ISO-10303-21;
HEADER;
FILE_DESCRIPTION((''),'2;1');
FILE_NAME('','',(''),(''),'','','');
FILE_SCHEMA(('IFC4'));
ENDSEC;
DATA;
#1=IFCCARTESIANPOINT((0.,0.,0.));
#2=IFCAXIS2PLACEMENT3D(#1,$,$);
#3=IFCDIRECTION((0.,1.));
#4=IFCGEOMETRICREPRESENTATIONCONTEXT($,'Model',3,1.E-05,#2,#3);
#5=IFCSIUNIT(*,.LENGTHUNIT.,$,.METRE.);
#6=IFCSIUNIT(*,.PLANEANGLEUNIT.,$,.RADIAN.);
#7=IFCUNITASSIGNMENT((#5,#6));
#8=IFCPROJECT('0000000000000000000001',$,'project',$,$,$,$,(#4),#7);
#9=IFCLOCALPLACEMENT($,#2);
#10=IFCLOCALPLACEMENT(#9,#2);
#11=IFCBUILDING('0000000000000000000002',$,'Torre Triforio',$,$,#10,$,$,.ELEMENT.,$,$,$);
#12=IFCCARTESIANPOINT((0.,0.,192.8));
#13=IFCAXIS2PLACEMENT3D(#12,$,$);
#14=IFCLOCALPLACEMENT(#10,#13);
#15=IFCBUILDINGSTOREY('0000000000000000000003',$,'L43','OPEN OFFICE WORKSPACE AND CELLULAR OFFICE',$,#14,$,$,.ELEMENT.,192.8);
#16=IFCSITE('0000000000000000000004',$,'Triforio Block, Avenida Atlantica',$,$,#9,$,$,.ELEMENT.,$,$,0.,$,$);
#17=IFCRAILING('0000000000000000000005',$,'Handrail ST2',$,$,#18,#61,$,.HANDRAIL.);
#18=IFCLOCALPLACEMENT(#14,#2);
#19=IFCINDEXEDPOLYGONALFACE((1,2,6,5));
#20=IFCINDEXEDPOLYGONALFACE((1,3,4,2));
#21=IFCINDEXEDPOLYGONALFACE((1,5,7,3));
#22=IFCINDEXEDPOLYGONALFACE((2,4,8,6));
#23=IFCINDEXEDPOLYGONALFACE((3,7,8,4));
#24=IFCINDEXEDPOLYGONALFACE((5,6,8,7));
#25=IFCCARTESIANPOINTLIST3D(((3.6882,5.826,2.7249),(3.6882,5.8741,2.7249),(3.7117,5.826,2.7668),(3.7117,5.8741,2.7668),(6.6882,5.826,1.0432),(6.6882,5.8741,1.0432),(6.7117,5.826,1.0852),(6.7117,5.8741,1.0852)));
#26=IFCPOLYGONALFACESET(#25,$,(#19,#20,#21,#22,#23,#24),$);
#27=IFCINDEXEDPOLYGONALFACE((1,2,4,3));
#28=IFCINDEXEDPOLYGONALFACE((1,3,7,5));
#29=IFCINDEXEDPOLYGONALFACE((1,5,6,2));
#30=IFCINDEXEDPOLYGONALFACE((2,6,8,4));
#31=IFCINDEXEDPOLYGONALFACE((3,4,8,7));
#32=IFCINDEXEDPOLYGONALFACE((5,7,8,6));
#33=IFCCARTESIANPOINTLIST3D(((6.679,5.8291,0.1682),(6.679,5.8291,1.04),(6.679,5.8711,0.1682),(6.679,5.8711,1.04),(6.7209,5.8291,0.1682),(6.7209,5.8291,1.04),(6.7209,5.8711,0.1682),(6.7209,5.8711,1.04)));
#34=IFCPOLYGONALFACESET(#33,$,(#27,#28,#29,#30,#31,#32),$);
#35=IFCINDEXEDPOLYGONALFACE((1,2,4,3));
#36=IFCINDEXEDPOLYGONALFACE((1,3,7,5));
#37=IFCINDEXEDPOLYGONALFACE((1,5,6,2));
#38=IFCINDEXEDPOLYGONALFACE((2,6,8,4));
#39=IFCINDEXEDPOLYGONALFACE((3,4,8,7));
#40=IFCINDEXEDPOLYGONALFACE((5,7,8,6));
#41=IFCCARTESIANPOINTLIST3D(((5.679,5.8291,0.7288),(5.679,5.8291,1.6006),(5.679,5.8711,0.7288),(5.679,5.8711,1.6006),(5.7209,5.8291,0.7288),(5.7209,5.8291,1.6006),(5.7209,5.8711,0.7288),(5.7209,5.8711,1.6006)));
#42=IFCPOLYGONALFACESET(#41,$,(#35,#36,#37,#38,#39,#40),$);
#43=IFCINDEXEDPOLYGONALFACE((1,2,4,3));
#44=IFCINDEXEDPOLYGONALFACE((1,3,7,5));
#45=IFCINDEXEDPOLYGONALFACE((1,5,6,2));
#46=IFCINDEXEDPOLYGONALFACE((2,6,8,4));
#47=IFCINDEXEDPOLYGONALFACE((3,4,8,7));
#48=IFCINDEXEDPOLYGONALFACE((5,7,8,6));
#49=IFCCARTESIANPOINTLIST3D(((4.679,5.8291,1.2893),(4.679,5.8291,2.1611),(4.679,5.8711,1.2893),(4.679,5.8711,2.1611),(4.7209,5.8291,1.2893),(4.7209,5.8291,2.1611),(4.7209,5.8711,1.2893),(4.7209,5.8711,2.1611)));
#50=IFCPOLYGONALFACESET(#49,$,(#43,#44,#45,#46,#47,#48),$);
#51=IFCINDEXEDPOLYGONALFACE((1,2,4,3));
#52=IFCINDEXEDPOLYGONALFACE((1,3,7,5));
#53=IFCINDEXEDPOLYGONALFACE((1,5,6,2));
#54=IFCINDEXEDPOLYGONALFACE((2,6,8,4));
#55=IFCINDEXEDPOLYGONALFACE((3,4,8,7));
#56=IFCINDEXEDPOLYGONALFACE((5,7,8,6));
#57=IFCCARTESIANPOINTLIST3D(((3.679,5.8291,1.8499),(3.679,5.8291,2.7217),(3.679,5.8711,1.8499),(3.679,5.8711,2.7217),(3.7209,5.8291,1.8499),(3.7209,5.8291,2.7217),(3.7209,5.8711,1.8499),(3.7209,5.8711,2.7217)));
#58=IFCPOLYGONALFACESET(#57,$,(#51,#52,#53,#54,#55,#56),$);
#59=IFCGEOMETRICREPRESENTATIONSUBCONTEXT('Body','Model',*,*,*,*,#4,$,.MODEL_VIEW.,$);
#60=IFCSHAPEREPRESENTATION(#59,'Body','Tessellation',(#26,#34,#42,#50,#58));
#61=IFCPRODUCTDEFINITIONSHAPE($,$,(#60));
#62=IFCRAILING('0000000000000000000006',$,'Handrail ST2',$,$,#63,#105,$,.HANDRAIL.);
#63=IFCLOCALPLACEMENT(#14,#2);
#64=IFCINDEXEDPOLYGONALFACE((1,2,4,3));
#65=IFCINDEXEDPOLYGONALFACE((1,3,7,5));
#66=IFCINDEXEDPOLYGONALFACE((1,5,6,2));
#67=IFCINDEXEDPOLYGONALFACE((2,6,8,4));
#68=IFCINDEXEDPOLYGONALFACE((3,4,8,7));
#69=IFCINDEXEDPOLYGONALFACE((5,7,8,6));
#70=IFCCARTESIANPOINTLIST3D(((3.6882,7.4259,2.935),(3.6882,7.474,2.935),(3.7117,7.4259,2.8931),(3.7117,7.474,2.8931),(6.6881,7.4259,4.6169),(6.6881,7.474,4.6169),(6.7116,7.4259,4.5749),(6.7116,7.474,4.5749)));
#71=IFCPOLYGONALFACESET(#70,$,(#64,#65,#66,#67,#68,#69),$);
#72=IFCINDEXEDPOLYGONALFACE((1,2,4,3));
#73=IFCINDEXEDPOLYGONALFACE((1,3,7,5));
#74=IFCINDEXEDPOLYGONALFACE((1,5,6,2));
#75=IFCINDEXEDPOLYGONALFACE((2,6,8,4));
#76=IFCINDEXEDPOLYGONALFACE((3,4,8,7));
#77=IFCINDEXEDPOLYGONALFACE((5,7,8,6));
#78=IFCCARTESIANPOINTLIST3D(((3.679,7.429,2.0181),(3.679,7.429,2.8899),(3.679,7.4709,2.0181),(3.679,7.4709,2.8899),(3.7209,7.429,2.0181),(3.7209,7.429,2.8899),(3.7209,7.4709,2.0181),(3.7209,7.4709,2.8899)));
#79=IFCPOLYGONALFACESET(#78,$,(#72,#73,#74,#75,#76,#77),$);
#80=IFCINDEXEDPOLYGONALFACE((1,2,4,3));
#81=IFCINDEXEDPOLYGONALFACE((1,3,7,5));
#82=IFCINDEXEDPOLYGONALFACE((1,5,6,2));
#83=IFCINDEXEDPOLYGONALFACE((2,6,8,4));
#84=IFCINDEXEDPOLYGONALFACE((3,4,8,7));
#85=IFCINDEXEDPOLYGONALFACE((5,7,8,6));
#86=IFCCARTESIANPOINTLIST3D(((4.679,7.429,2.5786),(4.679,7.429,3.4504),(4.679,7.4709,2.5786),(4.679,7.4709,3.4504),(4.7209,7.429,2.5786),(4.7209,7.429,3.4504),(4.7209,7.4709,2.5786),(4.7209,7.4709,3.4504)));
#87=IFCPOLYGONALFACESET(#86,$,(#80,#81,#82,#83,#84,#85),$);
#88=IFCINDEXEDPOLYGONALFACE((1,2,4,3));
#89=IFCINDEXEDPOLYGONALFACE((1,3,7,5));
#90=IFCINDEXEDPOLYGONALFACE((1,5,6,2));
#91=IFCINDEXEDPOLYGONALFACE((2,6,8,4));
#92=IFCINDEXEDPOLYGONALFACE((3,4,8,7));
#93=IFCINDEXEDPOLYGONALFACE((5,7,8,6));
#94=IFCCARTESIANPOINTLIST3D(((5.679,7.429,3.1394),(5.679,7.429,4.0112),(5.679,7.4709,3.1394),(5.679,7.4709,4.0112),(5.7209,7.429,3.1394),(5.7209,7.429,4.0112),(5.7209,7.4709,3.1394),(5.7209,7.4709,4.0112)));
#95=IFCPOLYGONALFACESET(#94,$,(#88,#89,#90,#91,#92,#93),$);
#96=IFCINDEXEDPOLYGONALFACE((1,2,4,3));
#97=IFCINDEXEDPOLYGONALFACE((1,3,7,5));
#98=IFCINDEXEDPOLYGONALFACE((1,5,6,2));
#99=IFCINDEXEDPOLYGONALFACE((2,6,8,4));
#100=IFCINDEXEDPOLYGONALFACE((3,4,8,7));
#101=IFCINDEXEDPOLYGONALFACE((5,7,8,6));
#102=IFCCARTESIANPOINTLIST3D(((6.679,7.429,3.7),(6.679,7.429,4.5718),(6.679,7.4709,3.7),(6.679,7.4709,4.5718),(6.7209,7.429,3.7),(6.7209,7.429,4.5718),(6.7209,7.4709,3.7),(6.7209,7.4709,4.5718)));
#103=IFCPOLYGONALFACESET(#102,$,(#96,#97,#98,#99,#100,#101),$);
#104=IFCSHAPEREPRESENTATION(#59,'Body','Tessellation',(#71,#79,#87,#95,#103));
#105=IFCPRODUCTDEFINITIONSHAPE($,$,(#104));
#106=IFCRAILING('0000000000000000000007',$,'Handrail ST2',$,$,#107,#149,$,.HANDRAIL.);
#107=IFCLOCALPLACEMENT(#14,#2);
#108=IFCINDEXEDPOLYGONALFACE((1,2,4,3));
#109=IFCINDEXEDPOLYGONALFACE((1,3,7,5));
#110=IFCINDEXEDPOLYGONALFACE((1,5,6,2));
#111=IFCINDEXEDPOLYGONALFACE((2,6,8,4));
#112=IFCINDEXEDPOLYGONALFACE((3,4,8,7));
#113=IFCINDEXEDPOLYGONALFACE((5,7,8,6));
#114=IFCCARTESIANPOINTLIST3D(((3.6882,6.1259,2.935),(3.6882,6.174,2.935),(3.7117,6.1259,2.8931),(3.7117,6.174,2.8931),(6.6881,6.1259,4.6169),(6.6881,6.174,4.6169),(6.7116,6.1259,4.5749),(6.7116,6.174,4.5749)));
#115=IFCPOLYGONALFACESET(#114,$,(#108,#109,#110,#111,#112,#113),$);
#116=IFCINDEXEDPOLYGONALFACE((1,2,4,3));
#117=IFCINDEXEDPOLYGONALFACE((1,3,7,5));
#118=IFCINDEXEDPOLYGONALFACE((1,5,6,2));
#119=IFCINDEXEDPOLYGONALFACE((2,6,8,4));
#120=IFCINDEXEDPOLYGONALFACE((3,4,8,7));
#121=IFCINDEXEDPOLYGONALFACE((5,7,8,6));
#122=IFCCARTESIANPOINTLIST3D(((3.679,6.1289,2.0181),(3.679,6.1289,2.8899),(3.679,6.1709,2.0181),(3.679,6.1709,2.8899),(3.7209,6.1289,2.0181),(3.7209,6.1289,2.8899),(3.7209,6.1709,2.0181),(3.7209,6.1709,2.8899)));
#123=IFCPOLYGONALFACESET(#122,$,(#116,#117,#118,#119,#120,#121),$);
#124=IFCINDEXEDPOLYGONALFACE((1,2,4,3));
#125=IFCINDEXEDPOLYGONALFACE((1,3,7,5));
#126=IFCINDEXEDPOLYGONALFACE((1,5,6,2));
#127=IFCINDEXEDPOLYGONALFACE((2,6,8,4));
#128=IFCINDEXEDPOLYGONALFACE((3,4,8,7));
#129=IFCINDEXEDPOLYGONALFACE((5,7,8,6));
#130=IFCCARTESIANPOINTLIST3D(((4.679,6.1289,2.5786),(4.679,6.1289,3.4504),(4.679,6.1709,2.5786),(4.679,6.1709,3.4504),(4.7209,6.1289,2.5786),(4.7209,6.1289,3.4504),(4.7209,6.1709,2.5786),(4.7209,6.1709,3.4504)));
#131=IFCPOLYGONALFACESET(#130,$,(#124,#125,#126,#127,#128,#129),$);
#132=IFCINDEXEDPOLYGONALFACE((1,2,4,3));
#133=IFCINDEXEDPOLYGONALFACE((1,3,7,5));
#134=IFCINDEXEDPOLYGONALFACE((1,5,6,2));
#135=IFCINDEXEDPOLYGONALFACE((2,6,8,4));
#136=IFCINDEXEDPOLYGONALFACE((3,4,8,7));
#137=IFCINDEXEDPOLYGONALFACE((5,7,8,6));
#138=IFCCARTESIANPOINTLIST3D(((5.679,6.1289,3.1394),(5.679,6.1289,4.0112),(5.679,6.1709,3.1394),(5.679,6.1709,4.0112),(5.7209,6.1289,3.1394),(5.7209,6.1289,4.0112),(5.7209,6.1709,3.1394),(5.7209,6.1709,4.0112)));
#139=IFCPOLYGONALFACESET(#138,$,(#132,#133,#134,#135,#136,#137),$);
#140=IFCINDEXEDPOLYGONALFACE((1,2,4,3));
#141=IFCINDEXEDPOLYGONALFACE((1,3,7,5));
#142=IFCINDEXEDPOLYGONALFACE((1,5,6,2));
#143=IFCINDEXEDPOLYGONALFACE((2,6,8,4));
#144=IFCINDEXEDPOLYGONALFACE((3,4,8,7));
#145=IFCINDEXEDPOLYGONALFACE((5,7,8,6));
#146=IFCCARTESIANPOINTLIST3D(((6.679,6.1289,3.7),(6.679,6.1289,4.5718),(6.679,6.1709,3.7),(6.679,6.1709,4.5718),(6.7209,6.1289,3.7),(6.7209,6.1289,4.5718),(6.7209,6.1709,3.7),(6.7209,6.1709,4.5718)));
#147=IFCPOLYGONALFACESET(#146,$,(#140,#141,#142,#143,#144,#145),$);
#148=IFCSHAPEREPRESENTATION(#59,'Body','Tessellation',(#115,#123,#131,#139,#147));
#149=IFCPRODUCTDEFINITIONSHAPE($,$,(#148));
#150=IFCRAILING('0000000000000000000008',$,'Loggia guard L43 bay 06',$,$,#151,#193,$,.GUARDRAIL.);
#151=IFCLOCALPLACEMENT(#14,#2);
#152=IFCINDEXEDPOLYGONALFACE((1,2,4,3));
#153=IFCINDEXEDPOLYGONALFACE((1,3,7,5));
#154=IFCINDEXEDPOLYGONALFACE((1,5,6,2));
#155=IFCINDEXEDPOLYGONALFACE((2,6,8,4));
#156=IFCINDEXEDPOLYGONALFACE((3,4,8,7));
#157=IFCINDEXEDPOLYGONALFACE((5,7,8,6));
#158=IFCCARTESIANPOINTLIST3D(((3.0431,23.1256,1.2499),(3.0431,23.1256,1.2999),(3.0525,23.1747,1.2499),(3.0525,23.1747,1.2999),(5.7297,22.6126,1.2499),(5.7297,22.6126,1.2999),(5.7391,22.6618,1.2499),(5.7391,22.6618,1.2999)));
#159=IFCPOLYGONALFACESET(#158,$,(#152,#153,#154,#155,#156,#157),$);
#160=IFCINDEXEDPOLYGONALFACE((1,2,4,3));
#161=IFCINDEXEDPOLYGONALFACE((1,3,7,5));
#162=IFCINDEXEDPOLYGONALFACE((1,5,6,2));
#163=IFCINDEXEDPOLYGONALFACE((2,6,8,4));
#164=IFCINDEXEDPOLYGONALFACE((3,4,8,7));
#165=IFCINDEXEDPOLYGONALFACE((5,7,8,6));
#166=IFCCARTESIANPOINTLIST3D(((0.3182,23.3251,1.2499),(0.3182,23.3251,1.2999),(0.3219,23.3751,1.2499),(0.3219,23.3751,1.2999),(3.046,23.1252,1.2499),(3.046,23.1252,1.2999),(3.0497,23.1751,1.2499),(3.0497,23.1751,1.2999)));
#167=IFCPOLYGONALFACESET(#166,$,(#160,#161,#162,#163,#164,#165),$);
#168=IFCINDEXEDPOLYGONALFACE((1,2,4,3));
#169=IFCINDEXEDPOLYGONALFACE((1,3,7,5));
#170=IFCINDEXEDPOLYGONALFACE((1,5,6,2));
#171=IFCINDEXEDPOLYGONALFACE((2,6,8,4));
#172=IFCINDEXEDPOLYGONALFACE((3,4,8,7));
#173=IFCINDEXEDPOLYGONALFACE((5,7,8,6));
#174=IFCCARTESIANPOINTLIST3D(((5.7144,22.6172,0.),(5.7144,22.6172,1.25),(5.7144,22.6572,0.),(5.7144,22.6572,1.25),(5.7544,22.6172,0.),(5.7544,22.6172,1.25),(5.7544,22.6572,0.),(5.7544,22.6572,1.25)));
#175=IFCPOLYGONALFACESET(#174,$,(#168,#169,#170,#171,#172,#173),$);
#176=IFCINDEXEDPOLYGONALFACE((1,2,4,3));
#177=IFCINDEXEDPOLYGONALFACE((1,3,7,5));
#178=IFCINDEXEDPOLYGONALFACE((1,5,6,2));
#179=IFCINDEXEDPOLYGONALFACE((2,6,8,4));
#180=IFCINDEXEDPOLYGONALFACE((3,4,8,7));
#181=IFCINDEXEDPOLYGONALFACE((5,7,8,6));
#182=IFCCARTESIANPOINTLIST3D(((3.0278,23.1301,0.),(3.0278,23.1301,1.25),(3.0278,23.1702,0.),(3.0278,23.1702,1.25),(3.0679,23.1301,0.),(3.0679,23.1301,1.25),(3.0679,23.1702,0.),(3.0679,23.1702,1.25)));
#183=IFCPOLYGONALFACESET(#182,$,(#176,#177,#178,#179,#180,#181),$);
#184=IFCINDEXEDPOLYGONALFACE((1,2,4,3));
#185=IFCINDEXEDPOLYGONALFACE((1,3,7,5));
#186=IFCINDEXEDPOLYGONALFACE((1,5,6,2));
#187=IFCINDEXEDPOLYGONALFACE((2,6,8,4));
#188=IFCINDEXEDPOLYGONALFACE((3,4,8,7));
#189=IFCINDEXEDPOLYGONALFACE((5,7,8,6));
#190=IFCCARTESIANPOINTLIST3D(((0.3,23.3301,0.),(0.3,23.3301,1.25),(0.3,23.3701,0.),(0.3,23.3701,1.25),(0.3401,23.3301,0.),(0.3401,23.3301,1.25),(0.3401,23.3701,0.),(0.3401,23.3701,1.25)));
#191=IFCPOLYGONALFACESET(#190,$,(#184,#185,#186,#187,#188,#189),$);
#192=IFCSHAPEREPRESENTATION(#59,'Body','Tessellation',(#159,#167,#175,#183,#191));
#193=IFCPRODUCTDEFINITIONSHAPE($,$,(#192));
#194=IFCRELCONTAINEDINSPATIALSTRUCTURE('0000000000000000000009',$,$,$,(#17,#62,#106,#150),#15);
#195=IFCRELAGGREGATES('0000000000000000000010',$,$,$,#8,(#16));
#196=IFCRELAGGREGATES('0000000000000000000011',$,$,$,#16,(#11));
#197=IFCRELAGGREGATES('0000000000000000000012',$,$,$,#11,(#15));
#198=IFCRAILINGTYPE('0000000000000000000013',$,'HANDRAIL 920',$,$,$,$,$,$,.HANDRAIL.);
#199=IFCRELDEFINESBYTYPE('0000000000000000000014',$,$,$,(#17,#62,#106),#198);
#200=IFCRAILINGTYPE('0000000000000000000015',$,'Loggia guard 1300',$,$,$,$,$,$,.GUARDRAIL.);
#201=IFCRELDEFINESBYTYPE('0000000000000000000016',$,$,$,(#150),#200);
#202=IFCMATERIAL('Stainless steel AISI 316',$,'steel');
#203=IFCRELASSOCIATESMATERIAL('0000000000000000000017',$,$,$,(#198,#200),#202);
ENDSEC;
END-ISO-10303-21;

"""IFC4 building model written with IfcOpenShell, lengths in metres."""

from ifc_helpers import new_model, si_unit, direction, frame, origin, origin_2d, place, context, subcontext, project, spatial, rectangle, extrude, material, type_object, element, save


model = new_model("IFC4")

# Units and contexts
model_context = context("Model", 3, precision=1e-05, world=origin(), true_north=direction((0.0, 1.0)))
body_context = subcontext(model_context, "Body", "Model", "MODEL_VIEW")
ifc_project = project(units=[si_unit("LENGTHUNIT", "METRE"), si_unit("PLANEANGLEUNIT", "RADIAN")], contexts=[model_context])

# Site, building, storey
site_placement = place(None, origin())
site = spatial("IfcSite", under=ifc_project, at=site_placement, Name="Triforio Block, Avenida Atlantica", CompositionType="ELEMENT", RefElevation=0.0)
building_placement = place(site_placement, origin())
building = spatial("IfcBuilding", under=site, at=building_placement, Name="Torre Triforio", CompositionType="ELEMENT")
storey_placement = place(building_placement, frame((0.0, 0.0, 192.8)))
storey = spatial("IfcBuildingStorey", under=building, at=storey_placement, Name="L43", Description="OPEN OFFICE WORKSPACE AND CELLULAR OFFICE", CompositionType="ELEMENT", Elevation=192.8)

# Railings
ifc_material_1 = material(Name="Stainless steel AISI 316", Category="steel")
railing_type_1 = type_object("IfcRailingType", Name="HANDRAIL 920", PredefinedType="HANDRAIL", material=ifc_material_1)
for number, where, name in (
    (1, (6.7, 5.8501, 0.1682), "Handrail ST2"),
):
    element("IfcRailing", number, at=place(storey_placement, frame(where)), inside=storey, type_object=railing_type_1, Name=name, PredefinedType="HANDRAIL", context=body_context, shape_type="SweptSolid", body=[
        extrude(rectangle(XDim=0.0481, YDim=0.0481, at=origin_2d()), frame((0.0, 0.0, 0.896), z_axis=(-0.872303, 0.0, 0.488966), x_axis=(0.0, -1.0, 0.0)), (0.0, 0.0, 1.0), 3.4392),
        extrude(rectangle(XDim=0.042, YDim=0.042, at=origin_2d()), origin(), (0.0, 0.0, 1.0), 0.8718),
        extrude(rectangle(XDim=0.042, YDim=0.042, at=origin_2d()), frame((-1.0, 0.0, 0.5605)), (0.0, 0.0, 1.0), 0.8718),
        extrude(rectangle(XDim=0.042, YDim=0.042, at=origin_2d()), frame((-2.0, 0.0, 1.1211)), (0.0, 0.0, 1.0), 0.8718),
        extrude(rectangle(XDim=0.042, YDim=0.042, at=origin_2d()), frame((-3.0, 0.0, 1.6816)), (0.0, 0.0, 1.0), 0.8718),
    ])
for number, where, name in (
    (2, (3.7, 7.45, 2.0181), "Handrail ST2"),
    (3, (3.7, 6.1499, 2.0181), "Handrail ST2"),
):
    element("IfcRailing", number, at=place(storey_placement, frame(where)), inside=storey, type_object=railing_type_1, Name=name, PredefinedType="HANDRAIL", context=body_context, shape_type="SweptSolid", body=[
        extrude(rectangle(XDim=0.0481, YDim=0.0481, at=origin_2d()), frame((0.0, 0.0, 0.896), z_axis=(0.872272, 0.0, 0.48902), x_axis=(0.0, 1.0, 0.0)), (0.0, 0.0, 1.0), 3.4392),
        extrude(rectangle(XDim=0.042, YDim=0.042, at=origin_2d()), origin(), (0.0, 0.0, 1.0), 0.8718),
        extrude(rectangle(XDim=0.042, YDim=0.042, at=origin_2d()), frame((1.0, 0.0, 0.5605)), (0.0, 0.0, 1.0), 0.8718),
        extrude(rectangle(XDim=0.042, YDim=0.042, at=origin_2d()), frame((2.0, 0.0, 1.1213)), (0.0, 0.0, 1.0), 0.8718),
        extrude(rectangle(XDim=0.042, YDim=0.042, at=origin_2d()), frame((3.0, 0.0, 1.6819)), (0.0, 0.0, 1.0), 0.8718),
    ])
railing_type_2 = type_object("IfcRailingType", Name="Loggia guard 1300", PredefinedType="GUARDRAIL", material=ifc_material_1)
railing_placement = place(storey_placement, frame((5.7344, 22.6372, 0.0)))
element("IfcRailing", 4, at=railing_placement, inside=storey, type_object=railing_type_2, Name="Loggia guard L43 bay 06", PredefinedType="GUARDRAIL", context=body_context, shape_type="SweptSolid", body=[
    extrude(rectangle(XDim=0.05, YDim=0.05, at=origin_2d()), frame((0.0, 0.0, 1.2749), z_axis=(-0.982256, 0.187543, 0.0), x_axis=(-0.187543, -0.982256, 0.0)), (0.0, 0.0, 1.0), 2.7351),
    extrude(rectangle(XDim=0.05, YDim=0.05, at=origin_2d()), frame((-2.6865, 0.5129, 1.2749), z_axis=(-0.997324, 0.073106, 0.0), x_axis=(-0.073106, -0.997324, 0.0)), (0.0, 0.0, 1.0), 2.7351),
    extrude(rectangle(XDim=0.04, YDim=0.04, at=origin_2d()), origin(), (0.0, 0.0, 1.0), 1.25),
    extrude(rectangle(XDim=0.04, YDim=0.04, at=origin_2d()), frame((-2.6865, 0.5129, 0.0)), (0.0, 0.0, 1.0), 1.25),
    extrude(rectangle(XDim=0.04, YDim=0.04, at=origin_2d()), frame((-5.4143, 0.7129, 0.0)), (0.0, 0.0, 1.0), 1.25),
])

save(model, "model.ifc")
